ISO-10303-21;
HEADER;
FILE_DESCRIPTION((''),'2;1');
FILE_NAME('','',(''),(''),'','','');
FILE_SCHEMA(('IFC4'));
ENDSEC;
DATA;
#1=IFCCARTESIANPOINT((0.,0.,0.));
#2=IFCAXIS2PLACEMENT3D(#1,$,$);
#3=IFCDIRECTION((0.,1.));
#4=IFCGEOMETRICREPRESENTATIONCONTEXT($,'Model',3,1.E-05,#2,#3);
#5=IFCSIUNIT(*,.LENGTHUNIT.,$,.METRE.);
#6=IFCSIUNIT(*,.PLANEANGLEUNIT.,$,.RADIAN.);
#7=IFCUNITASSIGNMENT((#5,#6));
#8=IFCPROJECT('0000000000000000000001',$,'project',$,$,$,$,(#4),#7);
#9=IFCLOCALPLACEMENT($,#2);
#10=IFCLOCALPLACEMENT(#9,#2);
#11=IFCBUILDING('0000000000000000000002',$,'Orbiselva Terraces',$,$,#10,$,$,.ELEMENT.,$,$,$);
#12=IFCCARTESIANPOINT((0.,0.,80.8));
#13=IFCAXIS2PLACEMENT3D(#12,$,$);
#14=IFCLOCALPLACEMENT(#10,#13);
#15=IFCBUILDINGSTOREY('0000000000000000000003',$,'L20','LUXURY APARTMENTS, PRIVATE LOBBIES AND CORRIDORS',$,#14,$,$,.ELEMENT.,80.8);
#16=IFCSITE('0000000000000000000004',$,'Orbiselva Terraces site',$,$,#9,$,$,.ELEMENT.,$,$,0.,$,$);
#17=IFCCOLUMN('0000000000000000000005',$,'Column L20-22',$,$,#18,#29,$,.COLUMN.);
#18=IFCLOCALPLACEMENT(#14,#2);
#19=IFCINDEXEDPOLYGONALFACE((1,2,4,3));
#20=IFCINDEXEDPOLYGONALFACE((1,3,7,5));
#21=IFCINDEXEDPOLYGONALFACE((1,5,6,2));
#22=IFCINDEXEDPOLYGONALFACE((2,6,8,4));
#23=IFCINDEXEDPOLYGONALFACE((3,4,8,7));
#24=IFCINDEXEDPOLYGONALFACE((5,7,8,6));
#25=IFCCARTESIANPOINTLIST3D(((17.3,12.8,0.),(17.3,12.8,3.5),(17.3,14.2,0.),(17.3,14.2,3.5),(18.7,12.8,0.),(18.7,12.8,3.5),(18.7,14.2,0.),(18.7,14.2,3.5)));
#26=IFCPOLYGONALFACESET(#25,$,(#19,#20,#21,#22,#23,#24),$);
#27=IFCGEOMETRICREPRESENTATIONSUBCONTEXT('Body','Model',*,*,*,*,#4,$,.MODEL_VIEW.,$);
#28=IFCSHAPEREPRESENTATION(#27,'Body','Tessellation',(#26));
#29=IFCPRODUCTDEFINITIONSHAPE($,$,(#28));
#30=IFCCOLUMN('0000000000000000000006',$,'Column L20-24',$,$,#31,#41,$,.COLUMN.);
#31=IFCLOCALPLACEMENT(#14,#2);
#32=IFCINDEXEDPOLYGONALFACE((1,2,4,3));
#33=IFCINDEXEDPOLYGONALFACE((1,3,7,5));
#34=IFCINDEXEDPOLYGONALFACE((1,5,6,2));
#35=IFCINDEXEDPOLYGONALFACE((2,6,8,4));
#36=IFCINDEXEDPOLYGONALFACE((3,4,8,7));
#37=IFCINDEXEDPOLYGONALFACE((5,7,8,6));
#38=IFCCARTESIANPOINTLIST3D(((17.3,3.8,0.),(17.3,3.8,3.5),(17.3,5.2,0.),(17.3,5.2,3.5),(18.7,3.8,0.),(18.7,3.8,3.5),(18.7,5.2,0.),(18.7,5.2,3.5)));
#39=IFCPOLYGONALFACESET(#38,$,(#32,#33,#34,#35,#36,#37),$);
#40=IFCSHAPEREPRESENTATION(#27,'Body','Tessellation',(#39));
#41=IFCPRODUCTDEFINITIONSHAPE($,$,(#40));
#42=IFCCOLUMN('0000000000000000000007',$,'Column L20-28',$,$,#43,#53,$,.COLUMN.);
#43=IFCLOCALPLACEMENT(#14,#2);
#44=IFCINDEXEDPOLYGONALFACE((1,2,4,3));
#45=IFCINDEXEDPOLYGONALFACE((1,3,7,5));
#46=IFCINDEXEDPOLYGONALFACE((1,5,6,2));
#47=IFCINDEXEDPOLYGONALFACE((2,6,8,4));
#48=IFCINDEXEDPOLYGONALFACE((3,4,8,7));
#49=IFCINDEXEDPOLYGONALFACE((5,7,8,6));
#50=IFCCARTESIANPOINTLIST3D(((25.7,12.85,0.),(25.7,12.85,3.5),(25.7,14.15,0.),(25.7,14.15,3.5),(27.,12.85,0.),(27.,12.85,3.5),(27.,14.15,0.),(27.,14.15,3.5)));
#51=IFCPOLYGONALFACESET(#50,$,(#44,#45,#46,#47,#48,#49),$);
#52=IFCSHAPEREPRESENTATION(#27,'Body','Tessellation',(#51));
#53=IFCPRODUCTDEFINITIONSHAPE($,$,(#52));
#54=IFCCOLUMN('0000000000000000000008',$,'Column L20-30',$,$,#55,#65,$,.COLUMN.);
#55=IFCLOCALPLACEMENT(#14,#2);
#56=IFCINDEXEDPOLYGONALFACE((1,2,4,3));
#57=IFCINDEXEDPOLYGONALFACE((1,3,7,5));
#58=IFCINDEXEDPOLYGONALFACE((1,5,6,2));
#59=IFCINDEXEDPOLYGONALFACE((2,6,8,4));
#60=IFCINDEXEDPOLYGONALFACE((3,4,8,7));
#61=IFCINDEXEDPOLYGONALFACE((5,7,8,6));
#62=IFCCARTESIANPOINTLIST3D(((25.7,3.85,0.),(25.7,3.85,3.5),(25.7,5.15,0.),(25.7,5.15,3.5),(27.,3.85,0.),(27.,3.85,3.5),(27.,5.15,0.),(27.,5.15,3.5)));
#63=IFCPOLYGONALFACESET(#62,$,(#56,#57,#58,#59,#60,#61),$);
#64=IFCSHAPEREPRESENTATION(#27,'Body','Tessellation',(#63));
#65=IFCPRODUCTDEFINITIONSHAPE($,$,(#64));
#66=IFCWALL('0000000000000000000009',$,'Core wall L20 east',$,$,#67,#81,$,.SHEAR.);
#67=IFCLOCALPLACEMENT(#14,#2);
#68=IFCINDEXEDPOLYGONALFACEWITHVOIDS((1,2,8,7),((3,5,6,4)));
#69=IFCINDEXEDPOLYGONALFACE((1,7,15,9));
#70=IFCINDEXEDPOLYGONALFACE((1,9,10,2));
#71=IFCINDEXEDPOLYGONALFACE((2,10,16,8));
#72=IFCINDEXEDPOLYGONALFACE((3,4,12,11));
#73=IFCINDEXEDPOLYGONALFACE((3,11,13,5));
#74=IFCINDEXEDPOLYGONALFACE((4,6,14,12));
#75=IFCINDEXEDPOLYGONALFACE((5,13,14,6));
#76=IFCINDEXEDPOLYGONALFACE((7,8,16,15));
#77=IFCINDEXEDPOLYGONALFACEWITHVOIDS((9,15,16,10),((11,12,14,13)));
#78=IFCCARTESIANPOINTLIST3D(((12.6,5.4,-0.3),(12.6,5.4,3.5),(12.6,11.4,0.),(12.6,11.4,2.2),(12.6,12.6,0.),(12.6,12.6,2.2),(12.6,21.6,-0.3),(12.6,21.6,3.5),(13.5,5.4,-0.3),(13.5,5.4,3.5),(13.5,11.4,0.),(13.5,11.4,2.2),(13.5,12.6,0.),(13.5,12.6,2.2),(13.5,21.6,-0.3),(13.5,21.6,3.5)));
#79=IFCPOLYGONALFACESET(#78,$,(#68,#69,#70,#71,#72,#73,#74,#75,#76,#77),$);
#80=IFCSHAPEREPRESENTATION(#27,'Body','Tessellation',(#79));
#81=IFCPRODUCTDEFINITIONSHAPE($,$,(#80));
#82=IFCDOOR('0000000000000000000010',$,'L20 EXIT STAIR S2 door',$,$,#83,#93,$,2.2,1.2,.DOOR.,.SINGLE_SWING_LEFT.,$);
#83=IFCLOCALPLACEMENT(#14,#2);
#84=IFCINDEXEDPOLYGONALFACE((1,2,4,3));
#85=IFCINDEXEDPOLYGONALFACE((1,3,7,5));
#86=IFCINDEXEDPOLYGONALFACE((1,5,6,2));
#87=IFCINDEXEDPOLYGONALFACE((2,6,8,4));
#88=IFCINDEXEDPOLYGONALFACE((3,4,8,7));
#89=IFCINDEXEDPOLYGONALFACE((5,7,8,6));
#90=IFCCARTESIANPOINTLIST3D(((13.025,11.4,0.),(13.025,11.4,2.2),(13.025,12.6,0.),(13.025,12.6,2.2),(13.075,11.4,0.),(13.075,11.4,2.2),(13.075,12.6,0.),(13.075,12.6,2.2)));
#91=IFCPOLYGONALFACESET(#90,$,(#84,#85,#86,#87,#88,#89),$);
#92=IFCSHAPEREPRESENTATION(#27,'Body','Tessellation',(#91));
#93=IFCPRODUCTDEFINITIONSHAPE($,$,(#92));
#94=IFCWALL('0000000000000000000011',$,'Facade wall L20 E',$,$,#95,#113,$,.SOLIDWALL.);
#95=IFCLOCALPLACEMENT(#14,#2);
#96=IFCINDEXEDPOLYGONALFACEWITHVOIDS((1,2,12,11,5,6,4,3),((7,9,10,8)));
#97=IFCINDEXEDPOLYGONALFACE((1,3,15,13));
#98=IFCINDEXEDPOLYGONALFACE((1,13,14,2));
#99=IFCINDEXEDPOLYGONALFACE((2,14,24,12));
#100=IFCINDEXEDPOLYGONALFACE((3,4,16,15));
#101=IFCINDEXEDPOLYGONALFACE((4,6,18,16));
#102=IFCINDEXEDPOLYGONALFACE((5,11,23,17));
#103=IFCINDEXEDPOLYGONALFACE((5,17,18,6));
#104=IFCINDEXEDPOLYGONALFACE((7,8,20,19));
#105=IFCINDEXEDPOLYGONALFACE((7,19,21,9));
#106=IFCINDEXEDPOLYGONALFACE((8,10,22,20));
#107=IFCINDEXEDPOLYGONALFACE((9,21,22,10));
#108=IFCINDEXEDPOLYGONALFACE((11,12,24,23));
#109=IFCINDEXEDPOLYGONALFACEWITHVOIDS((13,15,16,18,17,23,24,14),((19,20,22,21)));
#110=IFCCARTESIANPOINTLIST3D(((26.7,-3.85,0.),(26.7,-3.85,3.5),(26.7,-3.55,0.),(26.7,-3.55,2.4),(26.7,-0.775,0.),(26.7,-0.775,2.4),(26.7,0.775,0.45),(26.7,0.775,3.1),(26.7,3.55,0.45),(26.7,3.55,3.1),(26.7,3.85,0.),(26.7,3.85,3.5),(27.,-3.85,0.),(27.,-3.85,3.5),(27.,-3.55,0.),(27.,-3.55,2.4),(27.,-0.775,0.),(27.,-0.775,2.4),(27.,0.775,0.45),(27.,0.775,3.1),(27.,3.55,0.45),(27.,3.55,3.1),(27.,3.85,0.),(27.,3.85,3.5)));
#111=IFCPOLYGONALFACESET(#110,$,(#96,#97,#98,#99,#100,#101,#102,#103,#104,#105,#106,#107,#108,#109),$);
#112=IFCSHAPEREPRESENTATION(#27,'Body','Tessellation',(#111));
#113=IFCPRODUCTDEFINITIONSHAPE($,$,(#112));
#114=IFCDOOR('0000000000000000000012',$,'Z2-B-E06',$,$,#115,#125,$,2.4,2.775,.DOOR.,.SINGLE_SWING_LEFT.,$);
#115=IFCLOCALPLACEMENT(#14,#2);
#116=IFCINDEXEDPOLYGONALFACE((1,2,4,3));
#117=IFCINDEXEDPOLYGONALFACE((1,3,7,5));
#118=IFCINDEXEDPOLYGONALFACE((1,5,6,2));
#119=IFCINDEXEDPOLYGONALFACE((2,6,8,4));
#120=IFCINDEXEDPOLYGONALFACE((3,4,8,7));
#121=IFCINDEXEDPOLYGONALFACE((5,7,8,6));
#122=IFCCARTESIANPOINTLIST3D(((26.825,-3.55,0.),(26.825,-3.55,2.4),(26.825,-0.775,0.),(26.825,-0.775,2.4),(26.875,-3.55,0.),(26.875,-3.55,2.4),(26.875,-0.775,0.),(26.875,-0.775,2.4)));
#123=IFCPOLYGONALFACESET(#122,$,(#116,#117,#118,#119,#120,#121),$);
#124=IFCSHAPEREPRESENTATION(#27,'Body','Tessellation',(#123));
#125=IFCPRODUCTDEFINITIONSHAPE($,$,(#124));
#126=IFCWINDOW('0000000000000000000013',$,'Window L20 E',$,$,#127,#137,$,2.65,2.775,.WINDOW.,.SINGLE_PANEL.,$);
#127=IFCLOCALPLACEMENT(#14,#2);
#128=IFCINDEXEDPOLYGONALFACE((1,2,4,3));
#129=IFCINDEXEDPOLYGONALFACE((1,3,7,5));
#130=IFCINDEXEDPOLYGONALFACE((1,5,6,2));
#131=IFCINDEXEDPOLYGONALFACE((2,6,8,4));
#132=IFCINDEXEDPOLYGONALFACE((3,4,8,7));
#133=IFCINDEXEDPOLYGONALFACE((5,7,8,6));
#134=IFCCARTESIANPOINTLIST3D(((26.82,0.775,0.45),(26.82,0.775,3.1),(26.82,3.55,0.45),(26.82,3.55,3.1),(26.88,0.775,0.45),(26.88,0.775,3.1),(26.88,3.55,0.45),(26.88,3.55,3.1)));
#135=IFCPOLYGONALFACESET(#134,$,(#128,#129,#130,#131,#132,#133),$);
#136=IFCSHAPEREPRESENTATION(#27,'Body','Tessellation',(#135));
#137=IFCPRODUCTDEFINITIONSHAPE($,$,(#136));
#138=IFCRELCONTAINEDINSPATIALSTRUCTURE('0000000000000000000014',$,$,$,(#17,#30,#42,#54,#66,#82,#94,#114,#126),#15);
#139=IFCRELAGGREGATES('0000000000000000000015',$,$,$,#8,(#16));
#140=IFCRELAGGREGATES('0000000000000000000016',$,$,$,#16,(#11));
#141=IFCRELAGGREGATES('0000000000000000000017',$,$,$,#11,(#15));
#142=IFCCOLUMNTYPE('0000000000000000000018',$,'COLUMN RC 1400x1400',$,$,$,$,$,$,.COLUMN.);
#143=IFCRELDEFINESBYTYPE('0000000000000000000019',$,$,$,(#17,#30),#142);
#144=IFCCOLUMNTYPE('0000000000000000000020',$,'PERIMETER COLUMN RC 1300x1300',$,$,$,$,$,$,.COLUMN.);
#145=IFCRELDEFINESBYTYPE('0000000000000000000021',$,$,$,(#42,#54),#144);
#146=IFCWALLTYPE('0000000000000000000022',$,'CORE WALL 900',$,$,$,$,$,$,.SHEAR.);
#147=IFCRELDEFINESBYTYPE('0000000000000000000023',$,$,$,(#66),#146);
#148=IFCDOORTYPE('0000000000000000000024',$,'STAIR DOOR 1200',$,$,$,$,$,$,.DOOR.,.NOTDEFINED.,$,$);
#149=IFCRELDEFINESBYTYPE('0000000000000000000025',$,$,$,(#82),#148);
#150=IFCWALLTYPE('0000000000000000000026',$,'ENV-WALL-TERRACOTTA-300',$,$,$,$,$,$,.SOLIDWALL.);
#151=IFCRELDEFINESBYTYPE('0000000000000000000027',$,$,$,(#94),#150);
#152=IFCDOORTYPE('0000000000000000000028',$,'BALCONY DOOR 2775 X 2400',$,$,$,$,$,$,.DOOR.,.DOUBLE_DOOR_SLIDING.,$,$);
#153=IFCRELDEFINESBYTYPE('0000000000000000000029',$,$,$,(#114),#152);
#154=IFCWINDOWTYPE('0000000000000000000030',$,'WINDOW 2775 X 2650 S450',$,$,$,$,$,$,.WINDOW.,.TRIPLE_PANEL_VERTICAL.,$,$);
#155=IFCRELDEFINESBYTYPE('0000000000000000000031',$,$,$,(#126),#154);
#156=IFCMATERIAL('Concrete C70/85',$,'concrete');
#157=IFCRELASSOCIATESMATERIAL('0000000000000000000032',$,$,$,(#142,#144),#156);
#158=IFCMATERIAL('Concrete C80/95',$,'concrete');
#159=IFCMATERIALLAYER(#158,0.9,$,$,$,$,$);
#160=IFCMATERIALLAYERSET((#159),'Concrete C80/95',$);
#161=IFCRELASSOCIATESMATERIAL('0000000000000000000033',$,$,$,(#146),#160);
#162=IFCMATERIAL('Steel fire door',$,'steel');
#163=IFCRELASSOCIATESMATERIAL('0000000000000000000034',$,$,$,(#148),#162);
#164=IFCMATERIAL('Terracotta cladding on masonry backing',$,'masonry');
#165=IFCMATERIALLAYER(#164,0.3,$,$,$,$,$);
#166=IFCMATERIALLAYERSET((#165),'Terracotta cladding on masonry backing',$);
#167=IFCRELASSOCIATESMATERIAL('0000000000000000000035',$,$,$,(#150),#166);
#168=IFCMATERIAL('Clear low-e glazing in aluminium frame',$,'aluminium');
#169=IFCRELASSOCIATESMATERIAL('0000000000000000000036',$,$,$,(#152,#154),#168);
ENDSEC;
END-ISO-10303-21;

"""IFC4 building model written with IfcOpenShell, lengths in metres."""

from ifc_helpers import new_model, si_unit, direction, frame, frame_2d, origin, origin_2d, place, context, subcontext, project, spatial, rectangle, extrude, material, layer, layer_set, material_profile, profile_set, type_object, element, fill, save


model = new_model("IFC4")

# Units and contexts
model_context = context("Model", 3, precision=1e-05, world=origin(), true_north=direction((0.0, 1.0)))
body_context = subcontext(model_context, "Body", "Model", "MODEL_VIEW")
ifc_project = project(units=[si_unit("LENGTHUNIT", "METRE"), si_unit("PLANEANGLEUNIT", "RADIAN")], contexts=[model_context])

# Site, building, storey
site_placement = place(None, origin())
site = spatial("IfcSite", under=ifc_project, at=site_placement, Name="Orbiselva Terraces site", CompositionType="ELEMENT", RefElevation=0.0)
building_placement = place(site_placement, origin())
building = spatial("IfcBuilding", under=site, at=building_placement, Name="Orbiselva Terraces", CompositionType="ELEMENT")
storey_placement = place(building_placement, frame((0.0, 0.0, 80.8)))
storey = spatial("IfcBuildingStorey", under=building, at=storey_placement, Name="L20", Description="LUXURY APARTMENTS, PRIVATE LOBBIES AND CORRIDORS", CompositionType="ELEMENT", Elevation=80.8)

# Columns
ifc_material_1 = material(Name="Concrete C70/85", Category="concrete")
ifc_material_profile_1 = material_profile(ifc_material_1, rectangle(XDim=1.4, YDim=1.4, at=origin_2d()), Name="RC 1400x1400")
ifc_profile_set_1 = profile_set([ifc_material_profile_1], Name="Concrete C70/85")
column_type_1 = type_object("IfcColumnType", Name="COLUMN RC 1400x1400", PredefinedType="COLUMN", material=ifc_profile_set_1)
for number, where, z_axis, x_axis, name in (
    (1, (18.0, 13.5, 0.0), (0.0, 0.0, 1.0), (1.0, 0.0, 0.0), "Column L20-22"),
    (2, (18.0, 4.5, 0.0), (0.0, 0.0, 1.0), (1.0, 0.0, 0.0), "Column L20-24"),
):
    element("IfcColumn", number, at=place(storey_placement, frame(where, z_axis=z_axis, x_axis=x_axis)), inside=storey, type_object=column_type_1, Name=name, PredefinedType="COLUMN", context=body_context, shape_type="SweptSolid", body=[
        extrude(rectangle(XDim=1.4, YDim=1.4, at=origin_2d()), origin(), (0.0, 0.0, 1.0), 3.5),
    ])
ifc_material_profile_2 = material_profile(ifc_material_1, rectangle(XDim=1.3, YDim=1.3, at=origin_2d()), Name="RC 1300x1300")
ifc_profile_set_2 = profile_set([ifc_material_profile_2], Name="Concrete C70/85")
column_type_2 = type_object("IfcColumnType", Name="PERIMETER COLUMN RC 1300x1300", PredefinedType="COLUMN", material=ifc_profile_set_2)
for number, where, z_axis, x_axis, name in (
    (3, (26.35, 13.5, 0.0), (0.0, 0.0, 1.0), (1.0, 0.0, 0.0), "Column L20-28"),
    (4, (26.35, 4.5, 0.0), (0.0, 0.0, 1.0), (1.0, 0.0, 0.0), "Column L20-30"),
):
    element("IfcColumn", number, at=place(storey_placement, frame(where, z_axis=z_axis, x_axis=x_axis)), inside=storey, type_object=column_type_2, Name=name, PredefinedType="COLUMN", context=body_context, shape_type="SweptSolid", body=[
        extrude(rectangle(XDim=1.3, YDim=1.3, at=origin_2d()), origin(), (0.0, 0.0, 1.0), 3.5),
    ])

# Wall, opening, door
ifc_material_2 = material(Name="Concrete C80/95", Category="concrete")
ifc_layer_1 = layer(ifc_material_2, 0.9)
ifc_layer_set_1 = layer_set([ifc_layer_1], Name="Concrete C80/95")
wall_type_1 = type_object("IfcWallType", Name="CORE WALL 900", PredefinedType="SHEAR", material=ifc_layer_set_1)
wall_1_placement = place(storey_placement, frame((13.05, 5.4, -0.3), z_axis=(0.0, 0.0, 1.0), x_axis=(0.0, 1.0, 0.0)))
wall_1 = element("IfcWall", 5, at=wall_1_placement, inside=storey, type_object=wall_type_1, Name="Core wall L20 east", PredefinedType="SHEAR", context=body_context, shape_type="SweptSolid", body=[
    extrude(rectangle(XDim=16.2, YDim=0.9, at=frame_2d((8.1, 0.0))), origin(), (0.0, 0.0, 1.0), 3.8),
])
opening_1_placement = place(wall_1_placement, frame((6.0, 0.0, 0.3)))
opening_1 = element("IfcOpeningElement", 6, at=opening_1_placement, cuts=wall_1, PredefinedType="OPENING", context=body_context, shape_type="SweptSolid", body=[
    extrude(rectangle(XDim=1.2, YDim=2.2, at=frame_2d((0.6, 1.1))), frame((0.0, 0.46, 0.0), z_axis=(0.0, -1.0, 0.0), x_axis=(1.0, 0.0, 0.0)), (0.0, 0.0, 1.0), 0.92),
])
ifc_material_3 = material(Name="Steel fire door", Category="steel")
door_type_1 = type_object("IfcDoorType", Name="STAIR DOOR 1200", OperationType="NOTDEFINED", PredefinedType="DOOR", material=ifc_material_3)
door_1_placement = place(opening_1_placement, frame((1.2, 0.0, 0.0), z_axis=(0.0, 0.0, 1.0), x_axis=(-1.0, 0.0, 0.0)))
door_1 = element("IfcDoor", 7, at=door_1_placement, inside=storey, type_object=door_type_1, Name="L20 EXIT STAIR S2 door", OperationType="SINGLE_SWING_LEFT", OverallHeight=2.2, OverallWidth=1.2, PredefinedType="DOOR", context=body_context, shape_type="SweptSolid", body=[
    extrude(rectangle(XDim=1.2, YDim=2.2, at=frame_2d((0.6, 1.1))), frame((0.0, 0.025, 0.0), z_axis=(0.0, -1.0, 0.0), x_axis=(1.0, 0.0, 0.0)), (0.0, 0.0, 1.0), 0.05),
])
fill(opening_1, door_1)

# Wall, openings, door, window
ifc_material_4 = material(Name="Terracotta cladding on masonry backing", Category="masonry")
ifc_layer_2 = layer(ifc_material_4, 0.3)
ifc_layer_set_2 = layer_set([ifc_layer_2], Name="Terracotta cladding on masonry backing")
wall_type_2 = type_object("IfcWallType", Name="ENV-WALL-TERRACOTTA-300", PredefinedType="SOLIDWALL", material=ifc_layer_set_2)
wall_2_placement = place(storey_placement, frame((26.85, 3.85, 0.0), z_axis=(0.0, 0.0, 1.0), x_axis=(0.0, -1.0, 0.0)))
wall_2 = element("IfcWall", 8, at=wall_2_placement, inside=storey, type_object=wall_type_2, Name="Facade wall L20 E", PredefinedType="SOLIDWALL", context=body_context, shape_type="SweptSolid", body=[
    extrude(rectangle(XDim=7.7, YDim=0.3, at=frame_2d((3.85, 0.0))), origin(), (0.0, 0.0, 1.0), 3.5),
])
opening_2_placement = place(wall_2_placement, frame((4.625, 0.0, 0.0)))
opening_2 = element("IfcOpeningElement", 9, at=opening_2_placement, cuts=wall_2, PredefinedType="OPENING", context=body_context, shape_type="SweptSolid", body=[
    extrude(rectangle(XDim=2.775, YDim=2.4, at=frame_2d((1.3875, 1.2))), frame((0.0, 0.16, 0.0), z_axis=(0.0, -1.0, 0.0), x_axis=(1.0, 0.0, 0.0)), (0.0, 0.0, 1.0), 0.32),
])
opening_3_placement = place(wall_2_placement, frame((0.3, 0.0, 0.45)))
opening_3 = element("IfcOpeningElement", 10, at=opening_3_placement, cuts=wall_2, PredefinedType="OPENING", context=body_context, shape_type="SweptSolid", body=[
    extrude(rectangle(XDim=2.775, YDim=2.65, at=frame_2d((1.3875, 1.325))), frame((0.0, 0.16, 0.0), z_axis=(0.0, -1.0, 0.0), x_axis=(1.0, 0.0, 0.0)), (0.0, 0.0, 1.0), 0.32),
])
ifc_material_5 = material(Name="Clear low-e glazing in aluminium frame", Category="aluminium")
door_type_2 = type_object("IfcDoorType", Name="BALCONY DOOR 2775 X 2400", OperationType="DOUBLE_DOOR_SLIDING", PredefinedType="DOOR", material=ifc_material_5)
door_2_placement = place(opening_2_placement, origin())
door_2 = element("IfcDoor", 11, at=door_2_placement, inside=storey, type_object=door_type_2, Name="Z2-B-E06", OperationType="SINGLE_SWING_LEFT", OverallHeight=2.4, OverallWidth=2.775, PredefinedType="DOOR", context=body_context, shape_type="SweptSolid", body=[
    extrude(rectangle(XDim=2.775, YDim=2.4, at=frame_2d((1.3875, 1.2))), frame((0.0, 0.025, 0.0), z_axis=(0.0, -1.0, 0.0), x_axis=(1.0, 0.0, 0.0)), (0.0, 0.0, 1.0), 0.05),
])
fill(opening_2, door_2)
window_type = type_object("IfcWindowType", Name="WINDOW 2775 X 2650 S450", PartitioningType="TRIPLE_PANEL_VERTICAL", PredefinedType="WINDOW", material=ifc_material_5)
window_1_placement = place(opening_3_placement, origin())
window_1 = element("IfcWindow", 12, at=window_1_placement, inside=storey, type_object=window_type, Name="Window L20 E", OverallHeight=2.65, OverallWidth=2.775, PartitioningType="SINGLE_PANEL", PredefinedType="WINDOW", context=body_context, shape_type="SweptSolid", body=[
    extrude(rectangle(XDim=2.775, YDim=2.65, at=frame_2d((1.3875, 1.325))), frame((0.0, 0.03, 0.0), z_axis=(0.0, -1.0, 0.0), x_axis=(1.0, 0.0, 0.0)), (0.0, 0.0, 1.0), 0.06),
])
fill(opening_3, window_1)

save(model, "model.ifc")
